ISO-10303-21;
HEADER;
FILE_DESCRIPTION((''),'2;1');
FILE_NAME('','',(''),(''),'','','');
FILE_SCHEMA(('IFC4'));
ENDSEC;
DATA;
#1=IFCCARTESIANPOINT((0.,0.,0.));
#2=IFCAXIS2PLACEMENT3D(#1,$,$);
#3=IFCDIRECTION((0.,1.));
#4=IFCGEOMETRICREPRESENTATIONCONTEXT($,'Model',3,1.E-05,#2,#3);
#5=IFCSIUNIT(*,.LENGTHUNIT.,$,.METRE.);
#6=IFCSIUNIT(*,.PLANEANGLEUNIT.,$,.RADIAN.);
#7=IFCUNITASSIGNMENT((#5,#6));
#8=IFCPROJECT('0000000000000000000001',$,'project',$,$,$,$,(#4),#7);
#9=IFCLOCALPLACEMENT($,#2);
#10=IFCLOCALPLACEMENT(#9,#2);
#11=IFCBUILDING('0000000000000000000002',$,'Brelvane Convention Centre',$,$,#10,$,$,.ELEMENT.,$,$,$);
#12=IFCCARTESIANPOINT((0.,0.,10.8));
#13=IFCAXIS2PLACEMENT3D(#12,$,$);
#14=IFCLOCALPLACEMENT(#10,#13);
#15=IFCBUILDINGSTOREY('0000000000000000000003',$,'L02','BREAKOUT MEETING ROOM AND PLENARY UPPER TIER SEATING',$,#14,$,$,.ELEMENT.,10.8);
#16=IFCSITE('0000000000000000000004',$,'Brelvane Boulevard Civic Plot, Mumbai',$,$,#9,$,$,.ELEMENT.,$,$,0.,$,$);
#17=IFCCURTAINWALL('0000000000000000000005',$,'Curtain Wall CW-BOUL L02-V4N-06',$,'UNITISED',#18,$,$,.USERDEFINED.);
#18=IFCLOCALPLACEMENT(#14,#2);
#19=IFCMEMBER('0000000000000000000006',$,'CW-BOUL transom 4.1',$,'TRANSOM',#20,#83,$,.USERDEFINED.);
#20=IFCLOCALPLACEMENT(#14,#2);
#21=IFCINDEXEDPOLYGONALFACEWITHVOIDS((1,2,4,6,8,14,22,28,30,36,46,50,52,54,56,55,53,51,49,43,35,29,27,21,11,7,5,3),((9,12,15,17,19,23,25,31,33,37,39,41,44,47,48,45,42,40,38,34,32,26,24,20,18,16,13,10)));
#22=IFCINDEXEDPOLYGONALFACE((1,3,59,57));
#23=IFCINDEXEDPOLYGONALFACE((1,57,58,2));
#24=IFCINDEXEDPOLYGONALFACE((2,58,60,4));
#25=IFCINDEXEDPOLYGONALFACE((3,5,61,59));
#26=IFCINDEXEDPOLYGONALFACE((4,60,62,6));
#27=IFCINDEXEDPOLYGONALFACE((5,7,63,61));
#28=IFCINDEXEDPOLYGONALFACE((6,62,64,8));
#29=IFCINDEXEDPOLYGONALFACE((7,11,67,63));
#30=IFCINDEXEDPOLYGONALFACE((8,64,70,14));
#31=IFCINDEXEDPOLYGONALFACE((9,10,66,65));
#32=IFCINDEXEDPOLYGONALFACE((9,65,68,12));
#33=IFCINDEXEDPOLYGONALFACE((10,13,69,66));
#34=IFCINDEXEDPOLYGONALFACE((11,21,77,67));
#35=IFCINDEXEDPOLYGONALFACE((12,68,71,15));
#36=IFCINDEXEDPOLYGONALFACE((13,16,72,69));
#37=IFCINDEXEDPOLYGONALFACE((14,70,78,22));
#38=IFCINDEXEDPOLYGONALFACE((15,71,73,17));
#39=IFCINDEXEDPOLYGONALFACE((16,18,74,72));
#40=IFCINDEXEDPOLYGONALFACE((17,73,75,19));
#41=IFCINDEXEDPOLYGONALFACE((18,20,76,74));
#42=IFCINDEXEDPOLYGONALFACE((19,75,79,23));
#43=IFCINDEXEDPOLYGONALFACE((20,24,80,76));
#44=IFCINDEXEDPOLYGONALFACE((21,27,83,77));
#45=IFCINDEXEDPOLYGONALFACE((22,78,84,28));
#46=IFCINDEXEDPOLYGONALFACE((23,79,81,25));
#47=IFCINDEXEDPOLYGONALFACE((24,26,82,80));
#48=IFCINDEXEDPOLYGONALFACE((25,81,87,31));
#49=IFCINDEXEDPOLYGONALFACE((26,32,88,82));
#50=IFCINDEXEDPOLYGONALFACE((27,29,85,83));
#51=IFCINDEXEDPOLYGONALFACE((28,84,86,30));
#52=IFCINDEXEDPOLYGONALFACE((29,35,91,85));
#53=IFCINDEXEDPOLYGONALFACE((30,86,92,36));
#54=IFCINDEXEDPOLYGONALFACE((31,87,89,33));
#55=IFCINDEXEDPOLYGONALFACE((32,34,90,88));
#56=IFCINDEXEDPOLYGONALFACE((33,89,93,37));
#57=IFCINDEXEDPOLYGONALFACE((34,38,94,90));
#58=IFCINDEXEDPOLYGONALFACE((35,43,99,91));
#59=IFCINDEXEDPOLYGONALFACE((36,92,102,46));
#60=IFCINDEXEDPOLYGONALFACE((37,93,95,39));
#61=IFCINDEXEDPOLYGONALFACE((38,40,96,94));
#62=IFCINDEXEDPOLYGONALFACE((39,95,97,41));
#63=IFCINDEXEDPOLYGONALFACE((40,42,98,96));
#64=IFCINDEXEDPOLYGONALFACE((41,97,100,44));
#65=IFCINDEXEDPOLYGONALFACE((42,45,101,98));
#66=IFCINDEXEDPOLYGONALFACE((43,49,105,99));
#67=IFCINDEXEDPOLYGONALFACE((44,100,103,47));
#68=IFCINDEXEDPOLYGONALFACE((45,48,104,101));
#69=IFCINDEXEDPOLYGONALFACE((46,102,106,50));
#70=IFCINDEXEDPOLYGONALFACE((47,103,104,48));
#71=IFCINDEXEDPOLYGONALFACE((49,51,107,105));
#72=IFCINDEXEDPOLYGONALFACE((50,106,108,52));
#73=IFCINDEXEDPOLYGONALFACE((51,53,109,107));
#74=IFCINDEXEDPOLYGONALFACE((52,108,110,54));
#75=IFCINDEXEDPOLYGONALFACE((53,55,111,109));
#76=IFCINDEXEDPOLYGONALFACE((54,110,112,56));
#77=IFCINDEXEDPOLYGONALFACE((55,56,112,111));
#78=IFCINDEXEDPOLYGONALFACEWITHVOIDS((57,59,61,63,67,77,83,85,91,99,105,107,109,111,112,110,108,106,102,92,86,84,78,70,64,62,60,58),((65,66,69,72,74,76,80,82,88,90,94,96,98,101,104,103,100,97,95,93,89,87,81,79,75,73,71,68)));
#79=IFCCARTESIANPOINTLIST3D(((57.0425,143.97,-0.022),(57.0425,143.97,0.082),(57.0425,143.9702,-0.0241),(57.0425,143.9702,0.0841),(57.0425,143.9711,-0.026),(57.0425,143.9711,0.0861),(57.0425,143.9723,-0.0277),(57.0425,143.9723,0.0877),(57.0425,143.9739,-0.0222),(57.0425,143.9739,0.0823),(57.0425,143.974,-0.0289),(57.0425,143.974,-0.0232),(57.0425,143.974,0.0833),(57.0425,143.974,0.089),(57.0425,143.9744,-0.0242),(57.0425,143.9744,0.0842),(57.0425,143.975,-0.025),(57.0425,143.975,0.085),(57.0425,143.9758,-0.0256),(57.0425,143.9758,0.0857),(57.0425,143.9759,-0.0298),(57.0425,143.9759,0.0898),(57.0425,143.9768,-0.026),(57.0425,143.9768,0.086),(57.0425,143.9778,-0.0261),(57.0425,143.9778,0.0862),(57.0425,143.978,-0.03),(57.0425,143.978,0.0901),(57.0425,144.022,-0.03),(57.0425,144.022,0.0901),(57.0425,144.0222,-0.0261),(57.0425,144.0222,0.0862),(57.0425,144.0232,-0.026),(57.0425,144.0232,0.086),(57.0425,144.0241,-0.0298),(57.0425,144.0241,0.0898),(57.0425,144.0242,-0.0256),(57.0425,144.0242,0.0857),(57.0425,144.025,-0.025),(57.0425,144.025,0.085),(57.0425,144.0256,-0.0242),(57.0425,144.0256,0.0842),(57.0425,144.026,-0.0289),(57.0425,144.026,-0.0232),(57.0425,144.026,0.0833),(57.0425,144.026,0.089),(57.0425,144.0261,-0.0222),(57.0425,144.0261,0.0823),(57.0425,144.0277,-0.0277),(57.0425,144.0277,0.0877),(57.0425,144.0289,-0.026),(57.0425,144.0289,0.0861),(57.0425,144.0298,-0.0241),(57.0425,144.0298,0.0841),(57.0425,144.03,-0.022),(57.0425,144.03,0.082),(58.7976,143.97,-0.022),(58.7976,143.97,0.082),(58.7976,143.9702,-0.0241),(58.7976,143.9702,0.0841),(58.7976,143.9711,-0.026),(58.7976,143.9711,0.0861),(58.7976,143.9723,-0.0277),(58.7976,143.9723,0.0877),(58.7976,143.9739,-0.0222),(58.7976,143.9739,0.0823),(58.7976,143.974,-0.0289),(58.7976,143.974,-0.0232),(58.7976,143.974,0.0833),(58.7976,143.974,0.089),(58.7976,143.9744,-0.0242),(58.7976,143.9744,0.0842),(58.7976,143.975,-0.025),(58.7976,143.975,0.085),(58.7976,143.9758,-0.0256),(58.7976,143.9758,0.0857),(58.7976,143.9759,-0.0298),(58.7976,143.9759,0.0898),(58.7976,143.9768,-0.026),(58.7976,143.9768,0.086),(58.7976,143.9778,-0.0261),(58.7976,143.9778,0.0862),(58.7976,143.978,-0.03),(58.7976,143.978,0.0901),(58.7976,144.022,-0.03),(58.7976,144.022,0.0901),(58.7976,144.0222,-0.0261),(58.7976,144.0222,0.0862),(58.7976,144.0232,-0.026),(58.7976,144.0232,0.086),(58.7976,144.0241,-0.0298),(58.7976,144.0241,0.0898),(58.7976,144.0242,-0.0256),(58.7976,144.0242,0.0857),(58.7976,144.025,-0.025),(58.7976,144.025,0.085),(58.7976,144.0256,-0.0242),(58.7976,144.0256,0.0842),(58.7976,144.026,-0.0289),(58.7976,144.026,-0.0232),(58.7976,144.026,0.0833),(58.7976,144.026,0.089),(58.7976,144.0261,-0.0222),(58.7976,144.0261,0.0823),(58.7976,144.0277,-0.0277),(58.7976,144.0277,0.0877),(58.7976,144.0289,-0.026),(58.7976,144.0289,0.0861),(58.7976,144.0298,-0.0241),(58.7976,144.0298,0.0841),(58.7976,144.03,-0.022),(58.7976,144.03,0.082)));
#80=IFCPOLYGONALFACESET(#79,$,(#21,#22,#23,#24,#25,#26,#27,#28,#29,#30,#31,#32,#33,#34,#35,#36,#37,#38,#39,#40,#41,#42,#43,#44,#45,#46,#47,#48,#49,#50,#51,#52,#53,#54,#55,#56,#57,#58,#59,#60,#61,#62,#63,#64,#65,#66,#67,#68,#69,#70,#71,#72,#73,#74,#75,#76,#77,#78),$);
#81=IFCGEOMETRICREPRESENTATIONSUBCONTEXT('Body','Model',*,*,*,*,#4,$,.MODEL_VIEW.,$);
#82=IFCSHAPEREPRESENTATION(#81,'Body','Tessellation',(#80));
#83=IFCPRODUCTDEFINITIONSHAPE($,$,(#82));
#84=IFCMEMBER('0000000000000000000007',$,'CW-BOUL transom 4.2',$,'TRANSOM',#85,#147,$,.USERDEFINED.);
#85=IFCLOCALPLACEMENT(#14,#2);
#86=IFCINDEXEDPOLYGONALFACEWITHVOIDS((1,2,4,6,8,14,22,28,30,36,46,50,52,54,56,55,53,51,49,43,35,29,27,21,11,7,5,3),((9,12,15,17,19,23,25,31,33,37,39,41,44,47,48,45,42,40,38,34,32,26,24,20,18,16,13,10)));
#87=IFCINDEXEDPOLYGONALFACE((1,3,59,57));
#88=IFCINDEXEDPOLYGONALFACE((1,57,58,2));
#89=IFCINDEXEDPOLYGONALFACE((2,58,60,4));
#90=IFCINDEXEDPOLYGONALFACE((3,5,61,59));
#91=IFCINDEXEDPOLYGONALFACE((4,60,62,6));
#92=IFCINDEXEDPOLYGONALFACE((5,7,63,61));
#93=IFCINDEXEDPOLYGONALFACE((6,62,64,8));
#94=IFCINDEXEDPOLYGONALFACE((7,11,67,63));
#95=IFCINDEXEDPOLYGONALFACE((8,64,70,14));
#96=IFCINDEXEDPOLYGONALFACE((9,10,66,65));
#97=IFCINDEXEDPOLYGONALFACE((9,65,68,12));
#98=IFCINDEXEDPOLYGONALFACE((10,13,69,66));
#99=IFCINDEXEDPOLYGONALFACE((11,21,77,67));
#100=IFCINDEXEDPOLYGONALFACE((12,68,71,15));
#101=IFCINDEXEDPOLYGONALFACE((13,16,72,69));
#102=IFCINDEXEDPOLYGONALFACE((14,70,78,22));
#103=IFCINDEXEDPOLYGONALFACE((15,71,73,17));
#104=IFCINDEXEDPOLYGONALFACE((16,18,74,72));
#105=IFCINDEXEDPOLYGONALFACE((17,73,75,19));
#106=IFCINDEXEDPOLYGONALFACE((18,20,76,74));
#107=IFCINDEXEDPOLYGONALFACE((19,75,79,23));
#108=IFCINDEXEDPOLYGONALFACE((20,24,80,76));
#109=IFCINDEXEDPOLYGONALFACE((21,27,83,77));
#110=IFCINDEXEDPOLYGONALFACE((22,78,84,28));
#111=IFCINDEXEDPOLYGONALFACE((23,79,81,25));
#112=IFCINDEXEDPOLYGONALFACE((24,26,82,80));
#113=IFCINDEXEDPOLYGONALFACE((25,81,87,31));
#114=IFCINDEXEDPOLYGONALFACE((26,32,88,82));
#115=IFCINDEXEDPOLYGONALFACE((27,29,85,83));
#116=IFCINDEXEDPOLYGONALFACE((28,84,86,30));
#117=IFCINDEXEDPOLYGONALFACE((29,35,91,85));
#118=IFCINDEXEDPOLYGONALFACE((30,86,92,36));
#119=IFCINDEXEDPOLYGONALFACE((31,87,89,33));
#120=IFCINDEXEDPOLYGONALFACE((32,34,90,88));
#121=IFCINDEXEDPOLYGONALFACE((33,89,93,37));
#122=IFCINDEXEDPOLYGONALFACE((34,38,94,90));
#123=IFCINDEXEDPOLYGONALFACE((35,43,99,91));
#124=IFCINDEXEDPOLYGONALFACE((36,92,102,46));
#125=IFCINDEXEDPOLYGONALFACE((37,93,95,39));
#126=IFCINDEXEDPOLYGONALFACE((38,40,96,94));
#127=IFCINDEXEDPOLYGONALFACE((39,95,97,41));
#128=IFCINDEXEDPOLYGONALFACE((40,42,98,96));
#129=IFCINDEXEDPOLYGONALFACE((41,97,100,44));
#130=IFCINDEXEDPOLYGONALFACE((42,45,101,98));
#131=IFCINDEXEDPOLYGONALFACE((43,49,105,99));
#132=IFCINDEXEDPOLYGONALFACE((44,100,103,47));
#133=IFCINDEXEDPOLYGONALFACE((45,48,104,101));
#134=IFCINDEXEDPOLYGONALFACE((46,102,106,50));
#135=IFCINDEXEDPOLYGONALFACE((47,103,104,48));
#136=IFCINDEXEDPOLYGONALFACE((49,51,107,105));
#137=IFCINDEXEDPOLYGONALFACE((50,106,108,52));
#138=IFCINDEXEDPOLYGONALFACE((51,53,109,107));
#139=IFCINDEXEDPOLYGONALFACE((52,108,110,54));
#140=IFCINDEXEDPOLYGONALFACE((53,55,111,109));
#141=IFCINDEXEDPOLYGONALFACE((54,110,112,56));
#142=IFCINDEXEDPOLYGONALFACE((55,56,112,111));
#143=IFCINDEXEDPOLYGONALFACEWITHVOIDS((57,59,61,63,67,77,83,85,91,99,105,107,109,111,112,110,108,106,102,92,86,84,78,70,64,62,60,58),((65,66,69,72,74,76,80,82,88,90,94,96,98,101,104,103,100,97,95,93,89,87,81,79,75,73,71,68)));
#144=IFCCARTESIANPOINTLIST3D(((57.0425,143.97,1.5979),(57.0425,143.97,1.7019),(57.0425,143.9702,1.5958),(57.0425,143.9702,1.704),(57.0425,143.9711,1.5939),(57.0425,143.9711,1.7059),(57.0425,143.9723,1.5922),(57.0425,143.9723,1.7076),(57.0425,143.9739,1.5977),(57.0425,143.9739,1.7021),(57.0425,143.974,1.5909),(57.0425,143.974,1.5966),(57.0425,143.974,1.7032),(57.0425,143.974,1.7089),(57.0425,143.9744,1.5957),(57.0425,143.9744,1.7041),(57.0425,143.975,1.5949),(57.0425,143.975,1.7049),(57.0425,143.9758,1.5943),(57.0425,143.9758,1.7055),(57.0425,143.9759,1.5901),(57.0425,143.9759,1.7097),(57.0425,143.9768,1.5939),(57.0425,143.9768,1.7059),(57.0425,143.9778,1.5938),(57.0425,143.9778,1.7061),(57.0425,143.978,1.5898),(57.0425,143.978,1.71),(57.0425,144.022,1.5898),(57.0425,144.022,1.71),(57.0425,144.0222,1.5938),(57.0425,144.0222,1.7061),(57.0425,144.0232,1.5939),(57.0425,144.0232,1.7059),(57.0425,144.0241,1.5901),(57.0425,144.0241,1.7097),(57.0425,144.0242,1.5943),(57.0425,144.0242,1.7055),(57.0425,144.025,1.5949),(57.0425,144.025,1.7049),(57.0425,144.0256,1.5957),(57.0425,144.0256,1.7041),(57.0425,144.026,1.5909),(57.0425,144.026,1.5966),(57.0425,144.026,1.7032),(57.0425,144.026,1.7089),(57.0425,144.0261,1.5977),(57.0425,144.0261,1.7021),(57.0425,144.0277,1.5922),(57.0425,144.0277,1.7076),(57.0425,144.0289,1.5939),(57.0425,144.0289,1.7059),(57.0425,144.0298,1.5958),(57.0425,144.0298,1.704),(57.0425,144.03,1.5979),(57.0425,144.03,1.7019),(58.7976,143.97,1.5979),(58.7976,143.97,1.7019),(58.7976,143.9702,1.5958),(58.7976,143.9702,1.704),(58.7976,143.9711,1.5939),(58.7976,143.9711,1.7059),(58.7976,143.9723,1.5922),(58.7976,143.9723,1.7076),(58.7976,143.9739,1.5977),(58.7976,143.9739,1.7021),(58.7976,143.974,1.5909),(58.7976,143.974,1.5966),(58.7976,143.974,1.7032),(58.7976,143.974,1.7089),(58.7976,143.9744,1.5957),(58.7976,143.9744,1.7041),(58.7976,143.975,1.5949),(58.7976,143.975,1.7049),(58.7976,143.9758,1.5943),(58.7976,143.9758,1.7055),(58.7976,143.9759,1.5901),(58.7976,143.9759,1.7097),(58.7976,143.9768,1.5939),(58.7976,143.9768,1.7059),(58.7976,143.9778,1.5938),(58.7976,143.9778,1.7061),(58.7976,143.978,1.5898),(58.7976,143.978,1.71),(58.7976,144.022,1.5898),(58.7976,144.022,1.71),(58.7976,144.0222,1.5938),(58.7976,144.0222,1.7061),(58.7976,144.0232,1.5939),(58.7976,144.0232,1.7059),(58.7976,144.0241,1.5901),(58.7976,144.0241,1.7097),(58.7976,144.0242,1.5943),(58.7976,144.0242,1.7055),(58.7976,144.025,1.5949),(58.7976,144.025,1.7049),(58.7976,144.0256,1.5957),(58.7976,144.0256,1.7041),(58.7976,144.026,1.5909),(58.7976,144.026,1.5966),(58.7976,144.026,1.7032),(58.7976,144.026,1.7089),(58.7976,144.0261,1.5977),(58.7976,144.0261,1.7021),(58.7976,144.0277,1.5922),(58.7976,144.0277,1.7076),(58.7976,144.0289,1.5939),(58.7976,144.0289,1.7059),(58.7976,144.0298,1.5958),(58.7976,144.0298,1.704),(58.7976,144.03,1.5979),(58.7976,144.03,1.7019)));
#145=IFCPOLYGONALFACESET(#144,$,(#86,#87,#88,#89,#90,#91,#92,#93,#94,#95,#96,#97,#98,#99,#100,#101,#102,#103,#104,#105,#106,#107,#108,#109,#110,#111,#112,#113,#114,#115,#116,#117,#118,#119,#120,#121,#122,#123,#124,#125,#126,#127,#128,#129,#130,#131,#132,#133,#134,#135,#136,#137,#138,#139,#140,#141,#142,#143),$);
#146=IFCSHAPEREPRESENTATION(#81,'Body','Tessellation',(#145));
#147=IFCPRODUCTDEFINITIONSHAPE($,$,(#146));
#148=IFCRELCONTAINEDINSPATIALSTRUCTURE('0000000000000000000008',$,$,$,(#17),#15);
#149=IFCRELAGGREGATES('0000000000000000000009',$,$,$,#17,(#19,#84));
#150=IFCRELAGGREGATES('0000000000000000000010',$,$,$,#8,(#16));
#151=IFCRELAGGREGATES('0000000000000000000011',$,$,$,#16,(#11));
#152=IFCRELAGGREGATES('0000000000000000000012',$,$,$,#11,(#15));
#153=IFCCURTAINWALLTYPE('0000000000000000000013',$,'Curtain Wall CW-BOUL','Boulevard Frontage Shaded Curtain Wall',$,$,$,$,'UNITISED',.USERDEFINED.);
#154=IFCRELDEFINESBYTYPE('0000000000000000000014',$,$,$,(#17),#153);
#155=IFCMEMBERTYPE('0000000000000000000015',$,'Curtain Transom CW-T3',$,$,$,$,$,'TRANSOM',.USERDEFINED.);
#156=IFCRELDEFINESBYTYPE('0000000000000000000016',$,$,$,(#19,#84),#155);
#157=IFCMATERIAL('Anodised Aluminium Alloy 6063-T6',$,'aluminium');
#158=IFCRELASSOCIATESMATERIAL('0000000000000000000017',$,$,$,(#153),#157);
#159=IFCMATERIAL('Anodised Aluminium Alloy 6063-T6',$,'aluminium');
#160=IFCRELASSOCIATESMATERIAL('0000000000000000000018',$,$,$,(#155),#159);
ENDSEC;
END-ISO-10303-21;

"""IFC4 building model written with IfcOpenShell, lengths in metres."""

from ifc_helpers import new_model, si_unit, direction, frame, origin, origin_2d, place, context, subcontext, project, spatial, hollow_rectangle, extrude, material, material_profile, profile_set, type_object, element, aggregate, save


model = new_model("IFC4")

# Units and contexts
model_context = context("Model", 3, precision=1e-05, world=origin(), true_north=direction((0.0, 1.0)))
body_context = subcontext(model_context, "Body", "Model", "MODEL_VIEW")
ifc_project = project(units=[si_unit("LENGTHUNIT", "METRE"), si_unit("PLANEANGLEUNIT", "RADIAN")], contexts=[model_context])

# Site, building, storey
site_placement = place(None, origin())
site = spatial("IfcSite", under=ifc_project, at=site_placement, Name="Brelvane Boulevard Civic Plot, Mumbai", CompositionType="ELEMENT", RefElevation=0.0)
building_placement = place(site_placement, origin())
building = spatial("IfcBuilding", under=site, at=building_placement, Name="Brelvane Convention Centre", CompositionType="ELEMENT")
storey_placement = place(building_placement, frame((0.0, 0.0, 10.8)))
storey = spatial("IfcBuildingStorey", under=building, at=storey_placement, Name="L02", Description="BREAKOUT MEETING ROOM AND PLENARY UPPER TIER SEATING", CompositionType="ELEMENT", Elevation=10.8)

# Curtain wall, members
ifc_material_1 = material(Name="Anodised Aluminium Alloy 6063-T6", Category="aluminium")
curtain_wall_type = type_object("IfcCurtainWallType", Name="Curtain Wall CW-BOUL", Description="Boulevard Frontage Shaded Curtain Wall", ElementType="UNITISED", PredefinedType="USERDEFINED", material=ifc_material_1)
curtain_wall_placement = place(storey_placement, origin())
curtain_wall = element("IfcCurtainWall", 1, at=curtain_wall_placement, inside=storey, type_object=curtain_wall_type, Name="Curtain Wall CW-BOUL L02-V4N-06", ObjectType="UNITISED", PredefinedType="USERDEFINED")
ifc_material_2 = material(Name="Anodised Aluminium Alloy 6063-T6", Category="aluminium")
ifc_material_profile_1 = material_profile(ifc_material_2, hollow_rectangle(XDim=0.0601, YDim=0.1201, WallThickness=0.0039, InnerFilletRadius=0.0039, OuterFilletRadius=0.0081, at=origin_2d()), Name="ALU-T 120x60x4.0")
ifc_profile_set_1 = profile_set([ifc_material_profile_1], Name="Anodised Aluminium Alloy 6063-T6")
member_type_1 = type_object("IfcMemberType", Name="Curtain Transom CW-T3", ElementType="TRANSOM", PredefinedType="USERDEFINED", material=ifc_profile_set_1)
member_1_placement = place(storey_placement, frame((57.0425, 144.0, 0.03), z_axis=(1.0, 0.0, 0.0), x_axis=(0.0, 1.0, 0.0)))
member_1 = element("IfcMember", 2, at=member_1_placement, type_object=member_type_1, Name="CW-BOUL transom 4.1", ObjectType="TRANSOM", PredefinedType="USERDEFINED", context=body_context, shape_type="SweptSolid", body=[
    extrude(hollow_rectangle(XDim=0.0601, YDim=0.1201, WallThickness=0.0039, InnerFilletRadius=0.0039, OuterFilletRadius=0.0081, at=origin_2d()), origin(), (0.0, 0.0, 1.0), 1.7551),
])
member_2_placement = place(storey_placement, frame((57.0425, 144.0, 1.6499), z_axis=(1.0, 0.0, 0.0), x_axis=(0.0, 1.0, 0.0)))
member_2 = element("IfcMember", 3, at=member_2_placement, type_object=member_type_1, Name="CW-BOUL transom 4.2", ObjectType="TRANSOM", PredefinedType="USERDEFINED", context=body_context, shape_type="SweptSolid", body=[
    extrude(hollow_rectangle(XDim=0.0601, YDim=0.1201, WallThickness=0.0039, InnerFilletRadius=0.0039, OuterFilletRadius=0.0081, at=origin_2d()), origin(), (0.0, 0.0, 1.0), 1.7551),
])

aggregate(curtain_wall, [member_1, member_2])

save(model, "model.ifc")
